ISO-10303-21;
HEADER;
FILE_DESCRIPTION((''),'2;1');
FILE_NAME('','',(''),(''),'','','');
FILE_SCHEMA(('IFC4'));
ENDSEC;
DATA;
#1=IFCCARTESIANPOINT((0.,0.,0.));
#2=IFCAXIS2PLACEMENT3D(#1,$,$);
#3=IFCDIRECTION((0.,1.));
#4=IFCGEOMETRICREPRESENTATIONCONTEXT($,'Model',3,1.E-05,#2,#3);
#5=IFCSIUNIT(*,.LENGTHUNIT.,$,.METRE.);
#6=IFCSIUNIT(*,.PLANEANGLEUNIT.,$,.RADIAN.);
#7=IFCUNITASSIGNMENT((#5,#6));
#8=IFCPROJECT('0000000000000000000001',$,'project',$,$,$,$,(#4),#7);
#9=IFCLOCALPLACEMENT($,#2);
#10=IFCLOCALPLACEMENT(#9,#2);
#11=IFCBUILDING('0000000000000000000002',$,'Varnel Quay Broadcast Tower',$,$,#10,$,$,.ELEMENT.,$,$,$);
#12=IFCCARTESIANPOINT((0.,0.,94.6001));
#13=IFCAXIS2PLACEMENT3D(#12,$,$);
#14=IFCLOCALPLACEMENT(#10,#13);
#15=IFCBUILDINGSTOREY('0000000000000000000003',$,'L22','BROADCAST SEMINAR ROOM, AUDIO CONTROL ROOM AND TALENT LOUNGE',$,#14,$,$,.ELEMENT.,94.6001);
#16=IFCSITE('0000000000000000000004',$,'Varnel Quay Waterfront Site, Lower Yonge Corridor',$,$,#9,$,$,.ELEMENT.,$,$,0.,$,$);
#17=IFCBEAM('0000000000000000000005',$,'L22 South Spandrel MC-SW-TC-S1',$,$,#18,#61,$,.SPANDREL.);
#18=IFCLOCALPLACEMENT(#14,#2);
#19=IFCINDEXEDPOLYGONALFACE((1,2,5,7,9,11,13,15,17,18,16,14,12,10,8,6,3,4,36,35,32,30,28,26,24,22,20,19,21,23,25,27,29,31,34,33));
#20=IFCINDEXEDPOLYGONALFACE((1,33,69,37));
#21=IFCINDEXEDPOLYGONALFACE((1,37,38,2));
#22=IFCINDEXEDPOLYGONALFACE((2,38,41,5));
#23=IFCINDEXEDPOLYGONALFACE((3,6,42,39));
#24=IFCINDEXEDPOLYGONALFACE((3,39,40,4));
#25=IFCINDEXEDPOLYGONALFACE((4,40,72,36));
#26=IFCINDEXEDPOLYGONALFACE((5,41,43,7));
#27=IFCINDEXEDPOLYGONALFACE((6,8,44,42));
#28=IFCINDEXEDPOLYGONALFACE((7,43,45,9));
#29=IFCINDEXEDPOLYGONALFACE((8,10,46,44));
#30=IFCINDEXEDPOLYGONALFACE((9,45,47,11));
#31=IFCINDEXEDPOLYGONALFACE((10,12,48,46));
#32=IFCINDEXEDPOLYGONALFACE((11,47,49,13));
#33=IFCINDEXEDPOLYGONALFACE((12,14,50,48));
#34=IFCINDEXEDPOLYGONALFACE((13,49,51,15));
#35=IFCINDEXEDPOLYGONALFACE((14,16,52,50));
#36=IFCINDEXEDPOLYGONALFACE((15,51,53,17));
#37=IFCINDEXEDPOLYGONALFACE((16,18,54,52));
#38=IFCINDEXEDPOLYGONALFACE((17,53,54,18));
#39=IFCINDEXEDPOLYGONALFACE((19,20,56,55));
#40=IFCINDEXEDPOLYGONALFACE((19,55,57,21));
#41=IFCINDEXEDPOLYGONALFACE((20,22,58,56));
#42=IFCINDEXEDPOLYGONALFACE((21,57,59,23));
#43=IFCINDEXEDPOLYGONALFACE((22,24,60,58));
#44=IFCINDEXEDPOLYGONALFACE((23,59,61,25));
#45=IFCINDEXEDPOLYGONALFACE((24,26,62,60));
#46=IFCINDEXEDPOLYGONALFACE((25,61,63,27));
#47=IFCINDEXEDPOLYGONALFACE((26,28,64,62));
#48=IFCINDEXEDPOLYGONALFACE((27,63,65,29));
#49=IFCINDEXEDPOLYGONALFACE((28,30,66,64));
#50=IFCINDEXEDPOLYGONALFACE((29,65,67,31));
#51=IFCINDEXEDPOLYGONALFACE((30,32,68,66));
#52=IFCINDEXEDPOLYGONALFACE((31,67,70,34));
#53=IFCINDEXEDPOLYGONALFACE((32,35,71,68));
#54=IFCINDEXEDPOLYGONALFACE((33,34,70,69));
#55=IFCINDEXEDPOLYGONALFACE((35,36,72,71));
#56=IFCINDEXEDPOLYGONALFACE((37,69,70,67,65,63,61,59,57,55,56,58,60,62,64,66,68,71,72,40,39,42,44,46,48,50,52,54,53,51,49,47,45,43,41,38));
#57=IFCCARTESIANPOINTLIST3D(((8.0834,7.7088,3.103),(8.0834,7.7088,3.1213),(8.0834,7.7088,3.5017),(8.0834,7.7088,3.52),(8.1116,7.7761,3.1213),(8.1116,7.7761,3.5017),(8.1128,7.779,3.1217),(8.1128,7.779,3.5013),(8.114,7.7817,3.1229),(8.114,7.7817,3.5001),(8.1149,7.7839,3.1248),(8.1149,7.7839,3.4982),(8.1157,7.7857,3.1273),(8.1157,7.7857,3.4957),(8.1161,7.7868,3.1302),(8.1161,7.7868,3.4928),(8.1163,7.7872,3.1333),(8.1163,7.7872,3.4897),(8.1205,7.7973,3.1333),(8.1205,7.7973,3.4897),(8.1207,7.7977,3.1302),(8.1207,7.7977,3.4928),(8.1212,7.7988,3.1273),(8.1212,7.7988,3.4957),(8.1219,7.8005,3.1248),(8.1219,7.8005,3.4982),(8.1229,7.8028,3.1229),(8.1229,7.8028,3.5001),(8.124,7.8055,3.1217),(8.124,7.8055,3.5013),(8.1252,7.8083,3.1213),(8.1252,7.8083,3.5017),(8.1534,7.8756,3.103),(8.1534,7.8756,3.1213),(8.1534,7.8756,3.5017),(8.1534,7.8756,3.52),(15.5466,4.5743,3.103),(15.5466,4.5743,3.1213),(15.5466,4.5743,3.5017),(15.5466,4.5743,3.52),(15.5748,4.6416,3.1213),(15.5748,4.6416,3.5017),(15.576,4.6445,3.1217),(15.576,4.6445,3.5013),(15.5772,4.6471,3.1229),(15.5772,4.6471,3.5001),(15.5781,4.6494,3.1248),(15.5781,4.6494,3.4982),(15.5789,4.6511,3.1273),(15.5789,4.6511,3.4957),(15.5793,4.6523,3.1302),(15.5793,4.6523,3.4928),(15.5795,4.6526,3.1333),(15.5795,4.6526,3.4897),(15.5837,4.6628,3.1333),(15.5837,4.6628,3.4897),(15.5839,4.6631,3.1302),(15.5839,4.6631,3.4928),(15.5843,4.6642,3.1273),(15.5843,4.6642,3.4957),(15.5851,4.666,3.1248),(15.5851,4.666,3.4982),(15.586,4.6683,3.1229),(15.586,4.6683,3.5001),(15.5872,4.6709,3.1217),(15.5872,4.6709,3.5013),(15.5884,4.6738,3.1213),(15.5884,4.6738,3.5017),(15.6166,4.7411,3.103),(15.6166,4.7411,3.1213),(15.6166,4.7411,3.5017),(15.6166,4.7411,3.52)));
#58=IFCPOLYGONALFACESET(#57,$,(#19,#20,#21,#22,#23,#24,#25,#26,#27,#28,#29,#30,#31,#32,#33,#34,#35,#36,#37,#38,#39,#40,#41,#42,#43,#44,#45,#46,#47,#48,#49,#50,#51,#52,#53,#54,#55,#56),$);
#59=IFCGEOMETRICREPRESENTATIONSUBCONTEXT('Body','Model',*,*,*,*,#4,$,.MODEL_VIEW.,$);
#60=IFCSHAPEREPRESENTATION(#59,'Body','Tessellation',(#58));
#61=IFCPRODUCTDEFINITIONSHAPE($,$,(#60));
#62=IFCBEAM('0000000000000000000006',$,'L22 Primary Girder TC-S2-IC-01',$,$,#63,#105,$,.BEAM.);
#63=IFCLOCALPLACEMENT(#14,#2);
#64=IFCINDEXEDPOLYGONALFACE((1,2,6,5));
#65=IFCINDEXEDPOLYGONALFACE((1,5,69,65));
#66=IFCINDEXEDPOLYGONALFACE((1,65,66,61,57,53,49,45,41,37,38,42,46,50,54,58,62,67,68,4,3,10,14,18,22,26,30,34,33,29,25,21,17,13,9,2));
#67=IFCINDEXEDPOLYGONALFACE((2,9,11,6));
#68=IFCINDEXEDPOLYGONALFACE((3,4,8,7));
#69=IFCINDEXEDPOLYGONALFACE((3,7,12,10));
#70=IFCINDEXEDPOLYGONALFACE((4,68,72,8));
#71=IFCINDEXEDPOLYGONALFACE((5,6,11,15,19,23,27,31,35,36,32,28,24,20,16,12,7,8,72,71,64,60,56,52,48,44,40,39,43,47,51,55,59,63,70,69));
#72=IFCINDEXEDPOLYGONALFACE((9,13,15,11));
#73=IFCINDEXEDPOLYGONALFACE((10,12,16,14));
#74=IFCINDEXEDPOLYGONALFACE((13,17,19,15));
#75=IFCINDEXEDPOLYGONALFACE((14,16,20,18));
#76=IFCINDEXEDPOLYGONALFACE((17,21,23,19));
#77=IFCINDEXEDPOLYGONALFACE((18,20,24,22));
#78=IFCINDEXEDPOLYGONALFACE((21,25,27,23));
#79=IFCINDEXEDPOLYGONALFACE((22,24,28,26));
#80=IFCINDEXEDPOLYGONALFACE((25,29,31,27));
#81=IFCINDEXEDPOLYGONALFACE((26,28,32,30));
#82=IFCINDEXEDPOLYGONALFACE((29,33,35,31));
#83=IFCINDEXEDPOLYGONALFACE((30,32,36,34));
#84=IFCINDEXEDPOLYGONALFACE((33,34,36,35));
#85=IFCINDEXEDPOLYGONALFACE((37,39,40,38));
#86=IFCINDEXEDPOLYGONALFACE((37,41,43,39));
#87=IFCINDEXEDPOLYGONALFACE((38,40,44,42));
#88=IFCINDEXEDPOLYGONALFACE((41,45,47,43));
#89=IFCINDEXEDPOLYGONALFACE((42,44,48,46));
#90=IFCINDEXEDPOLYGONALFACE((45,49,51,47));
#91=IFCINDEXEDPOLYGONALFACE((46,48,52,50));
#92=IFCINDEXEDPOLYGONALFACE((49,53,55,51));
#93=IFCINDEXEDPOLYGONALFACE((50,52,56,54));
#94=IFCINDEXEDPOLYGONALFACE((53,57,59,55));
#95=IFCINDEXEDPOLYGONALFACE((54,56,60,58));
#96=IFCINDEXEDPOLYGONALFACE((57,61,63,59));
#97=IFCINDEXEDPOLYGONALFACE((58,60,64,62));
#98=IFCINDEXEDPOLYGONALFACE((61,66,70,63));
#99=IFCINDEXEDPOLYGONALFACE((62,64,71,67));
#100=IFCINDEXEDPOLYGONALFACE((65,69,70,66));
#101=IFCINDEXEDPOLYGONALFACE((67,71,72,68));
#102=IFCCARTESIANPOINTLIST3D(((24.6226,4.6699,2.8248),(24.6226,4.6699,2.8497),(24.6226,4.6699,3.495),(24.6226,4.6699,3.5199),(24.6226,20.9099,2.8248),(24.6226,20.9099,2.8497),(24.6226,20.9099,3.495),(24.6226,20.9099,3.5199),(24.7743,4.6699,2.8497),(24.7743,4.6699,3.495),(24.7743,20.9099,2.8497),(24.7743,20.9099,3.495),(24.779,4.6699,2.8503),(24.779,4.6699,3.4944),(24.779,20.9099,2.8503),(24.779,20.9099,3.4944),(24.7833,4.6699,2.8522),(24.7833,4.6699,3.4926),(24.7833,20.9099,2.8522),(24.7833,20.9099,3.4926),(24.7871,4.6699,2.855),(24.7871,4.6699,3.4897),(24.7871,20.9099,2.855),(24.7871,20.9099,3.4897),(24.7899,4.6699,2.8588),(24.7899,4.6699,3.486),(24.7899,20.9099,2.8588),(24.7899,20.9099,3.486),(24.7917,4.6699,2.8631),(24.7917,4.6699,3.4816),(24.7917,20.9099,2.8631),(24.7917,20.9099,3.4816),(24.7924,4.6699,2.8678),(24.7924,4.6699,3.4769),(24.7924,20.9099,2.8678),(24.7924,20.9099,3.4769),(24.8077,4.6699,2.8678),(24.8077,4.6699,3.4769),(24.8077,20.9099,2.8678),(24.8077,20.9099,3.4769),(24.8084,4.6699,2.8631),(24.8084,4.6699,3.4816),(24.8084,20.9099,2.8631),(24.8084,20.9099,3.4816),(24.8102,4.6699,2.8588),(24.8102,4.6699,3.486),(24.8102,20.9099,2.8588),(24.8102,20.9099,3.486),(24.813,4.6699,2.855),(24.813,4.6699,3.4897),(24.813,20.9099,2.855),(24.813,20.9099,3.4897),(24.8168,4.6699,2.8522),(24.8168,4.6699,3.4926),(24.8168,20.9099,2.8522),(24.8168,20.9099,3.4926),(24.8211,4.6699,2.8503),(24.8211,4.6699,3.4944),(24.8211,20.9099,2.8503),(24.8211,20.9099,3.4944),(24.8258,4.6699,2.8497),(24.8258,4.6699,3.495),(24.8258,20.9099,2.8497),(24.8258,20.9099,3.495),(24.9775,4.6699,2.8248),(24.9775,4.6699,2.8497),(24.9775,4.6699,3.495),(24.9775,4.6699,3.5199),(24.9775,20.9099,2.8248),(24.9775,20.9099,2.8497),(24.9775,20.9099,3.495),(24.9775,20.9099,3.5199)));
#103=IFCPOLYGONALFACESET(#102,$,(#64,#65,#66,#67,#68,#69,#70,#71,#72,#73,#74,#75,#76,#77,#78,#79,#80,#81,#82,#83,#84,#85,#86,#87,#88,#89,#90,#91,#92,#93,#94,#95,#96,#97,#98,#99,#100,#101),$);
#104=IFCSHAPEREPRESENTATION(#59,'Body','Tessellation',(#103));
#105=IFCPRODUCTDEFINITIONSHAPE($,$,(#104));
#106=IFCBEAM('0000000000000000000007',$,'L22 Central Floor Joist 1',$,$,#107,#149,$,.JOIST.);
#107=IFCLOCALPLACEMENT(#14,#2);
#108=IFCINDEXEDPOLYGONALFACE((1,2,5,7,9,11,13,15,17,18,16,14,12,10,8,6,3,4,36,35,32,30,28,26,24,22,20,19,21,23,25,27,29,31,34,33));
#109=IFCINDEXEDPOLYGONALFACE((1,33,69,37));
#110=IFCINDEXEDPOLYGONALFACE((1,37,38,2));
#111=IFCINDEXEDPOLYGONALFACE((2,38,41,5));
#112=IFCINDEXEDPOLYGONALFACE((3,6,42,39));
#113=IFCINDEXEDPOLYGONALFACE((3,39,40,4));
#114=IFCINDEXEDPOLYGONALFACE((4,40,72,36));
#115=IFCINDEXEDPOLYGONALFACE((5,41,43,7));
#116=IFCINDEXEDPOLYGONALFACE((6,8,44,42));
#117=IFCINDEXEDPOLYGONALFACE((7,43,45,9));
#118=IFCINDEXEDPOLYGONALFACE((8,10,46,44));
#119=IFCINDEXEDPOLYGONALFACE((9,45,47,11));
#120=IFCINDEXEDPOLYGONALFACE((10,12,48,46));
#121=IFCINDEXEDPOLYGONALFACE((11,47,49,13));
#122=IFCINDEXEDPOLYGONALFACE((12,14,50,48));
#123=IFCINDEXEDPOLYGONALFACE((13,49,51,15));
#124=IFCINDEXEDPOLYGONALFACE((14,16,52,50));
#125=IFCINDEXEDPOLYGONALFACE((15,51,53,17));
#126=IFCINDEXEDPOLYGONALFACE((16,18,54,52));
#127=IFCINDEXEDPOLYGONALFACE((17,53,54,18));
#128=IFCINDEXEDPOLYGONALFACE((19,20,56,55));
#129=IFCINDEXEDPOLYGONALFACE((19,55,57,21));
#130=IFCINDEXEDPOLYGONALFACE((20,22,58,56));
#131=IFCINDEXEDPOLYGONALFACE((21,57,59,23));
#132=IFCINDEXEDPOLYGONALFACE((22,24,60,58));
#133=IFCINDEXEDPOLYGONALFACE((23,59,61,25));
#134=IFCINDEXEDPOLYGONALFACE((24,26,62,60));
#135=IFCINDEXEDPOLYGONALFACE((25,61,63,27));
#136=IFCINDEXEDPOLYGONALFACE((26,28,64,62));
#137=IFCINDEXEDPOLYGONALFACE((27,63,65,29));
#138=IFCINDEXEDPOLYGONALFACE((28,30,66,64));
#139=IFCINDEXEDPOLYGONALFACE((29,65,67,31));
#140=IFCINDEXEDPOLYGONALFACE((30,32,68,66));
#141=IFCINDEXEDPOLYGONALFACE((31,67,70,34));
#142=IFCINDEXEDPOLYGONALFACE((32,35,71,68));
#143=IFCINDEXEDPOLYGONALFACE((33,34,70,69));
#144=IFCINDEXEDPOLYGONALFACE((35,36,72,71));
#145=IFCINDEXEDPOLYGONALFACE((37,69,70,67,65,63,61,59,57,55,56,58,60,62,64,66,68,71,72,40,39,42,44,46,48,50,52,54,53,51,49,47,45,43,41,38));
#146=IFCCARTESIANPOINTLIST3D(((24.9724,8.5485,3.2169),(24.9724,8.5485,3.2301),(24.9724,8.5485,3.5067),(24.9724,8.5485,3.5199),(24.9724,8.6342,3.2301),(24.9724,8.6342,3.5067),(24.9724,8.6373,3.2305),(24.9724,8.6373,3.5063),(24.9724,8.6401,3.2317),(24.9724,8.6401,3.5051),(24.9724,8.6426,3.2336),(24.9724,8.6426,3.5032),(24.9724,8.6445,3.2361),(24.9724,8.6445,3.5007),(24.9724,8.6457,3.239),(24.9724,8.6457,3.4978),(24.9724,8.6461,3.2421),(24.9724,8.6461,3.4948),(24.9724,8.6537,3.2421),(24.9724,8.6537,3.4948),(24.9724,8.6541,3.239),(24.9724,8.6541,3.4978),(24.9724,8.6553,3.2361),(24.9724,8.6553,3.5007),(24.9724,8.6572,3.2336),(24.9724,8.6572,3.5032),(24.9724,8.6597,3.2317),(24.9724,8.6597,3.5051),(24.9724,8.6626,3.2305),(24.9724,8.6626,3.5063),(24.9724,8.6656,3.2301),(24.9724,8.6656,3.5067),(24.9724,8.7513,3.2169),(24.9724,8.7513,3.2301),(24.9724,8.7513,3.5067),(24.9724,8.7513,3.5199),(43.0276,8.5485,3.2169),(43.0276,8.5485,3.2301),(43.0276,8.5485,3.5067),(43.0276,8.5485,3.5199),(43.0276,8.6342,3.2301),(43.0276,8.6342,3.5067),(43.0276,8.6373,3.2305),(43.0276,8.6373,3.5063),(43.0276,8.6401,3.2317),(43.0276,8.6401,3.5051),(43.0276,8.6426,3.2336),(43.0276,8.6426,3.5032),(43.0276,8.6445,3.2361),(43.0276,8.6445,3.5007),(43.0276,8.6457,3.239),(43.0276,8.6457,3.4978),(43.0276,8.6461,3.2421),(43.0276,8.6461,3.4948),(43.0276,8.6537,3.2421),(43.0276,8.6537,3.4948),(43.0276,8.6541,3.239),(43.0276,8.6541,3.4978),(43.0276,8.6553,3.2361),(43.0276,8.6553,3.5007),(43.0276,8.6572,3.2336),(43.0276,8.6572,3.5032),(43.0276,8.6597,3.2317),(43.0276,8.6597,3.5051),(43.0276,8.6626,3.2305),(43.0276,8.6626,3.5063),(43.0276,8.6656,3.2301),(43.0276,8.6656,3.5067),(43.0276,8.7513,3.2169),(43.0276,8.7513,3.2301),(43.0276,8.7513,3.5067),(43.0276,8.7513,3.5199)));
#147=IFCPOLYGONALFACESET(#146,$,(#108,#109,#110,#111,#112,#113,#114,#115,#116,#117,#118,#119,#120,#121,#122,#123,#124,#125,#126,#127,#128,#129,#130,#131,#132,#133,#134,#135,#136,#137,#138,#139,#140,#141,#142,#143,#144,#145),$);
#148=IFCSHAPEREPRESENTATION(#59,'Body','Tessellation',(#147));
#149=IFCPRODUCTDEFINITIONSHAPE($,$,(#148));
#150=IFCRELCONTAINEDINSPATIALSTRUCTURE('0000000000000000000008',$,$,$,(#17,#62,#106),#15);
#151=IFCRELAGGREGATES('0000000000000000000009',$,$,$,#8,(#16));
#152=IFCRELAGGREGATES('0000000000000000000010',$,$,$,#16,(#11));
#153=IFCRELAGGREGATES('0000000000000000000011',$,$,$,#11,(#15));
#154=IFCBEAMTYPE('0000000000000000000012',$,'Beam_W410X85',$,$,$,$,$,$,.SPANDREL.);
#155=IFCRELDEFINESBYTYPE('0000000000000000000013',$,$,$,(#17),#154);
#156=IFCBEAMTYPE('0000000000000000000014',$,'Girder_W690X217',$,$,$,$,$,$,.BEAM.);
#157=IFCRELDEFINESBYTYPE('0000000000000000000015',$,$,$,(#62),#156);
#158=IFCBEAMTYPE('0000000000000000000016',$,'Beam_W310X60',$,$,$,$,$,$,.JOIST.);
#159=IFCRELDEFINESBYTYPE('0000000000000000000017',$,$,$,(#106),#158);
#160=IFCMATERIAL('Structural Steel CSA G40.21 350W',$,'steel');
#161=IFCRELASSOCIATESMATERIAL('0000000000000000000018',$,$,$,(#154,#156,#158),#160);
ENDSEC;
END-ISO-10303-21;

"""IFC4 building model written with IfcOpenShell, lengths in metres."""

from ifc_helpers import new_model, si_unit, direction, frame, origin, origin_2d, place, context, subcontext, project, spatial, i_section, extrude, source, transform, mapped, material, material_profile, profile_set, type_object, type_shapes, element, save


model = new_model("IFC4")

# Units and contexts
model_context = context("Model", 3, precision=1e-05, world=origin(), true_north=direction((0.0, 1.0)))
body_context = subcontext(model_context, "Body", "Model", "MODEL_VIEW")
ifc_project = project(units=[si_unit("LENGTHUNIT", "METRE"), si_unit("PLANEANGLEUNIT", "RADIAN")], contexts=[model_context])

# Site, building, storey
site_placement = place(None, origin())
site = spatial("IfcSite", under=ifc_project, at=site_placement, Name="Varnel Quay Waterfront Site, Lower Yonge Corridor", CompositionType="ELEMENT", RefElevation=0.0)
building_placement = place(site_placement, origin())
building = spatial("IfcBuilding", under=site, at=building_placement, Name="Varnel Quay Broadcast Tower", CompositionType="ELEMENT")
storey_placement = place(building_placement, frame((0.0, 0.0, 94.6001)))
storey = spatial("IfcBuildingStorey", under=building, at=storey_placement, Name="L22", Description="BROADCAST SEMINAR ROOM, AUDIO CONTROL ROOM AND TALENT LOUNGE", CompositionType="ELEMENT", Elevation=94.6001)

# Shared definitions
ifc_material_1 = material(Name="Structural Steel CSA G40.21 350W", Category="steel")

# Beams
ifc_material_profile_1 = material_profile(ifc_material_1, i_section(OverallWidth=0.1809, OverallDepth=0.417, WebThickness=0.011, FlangeThickness=0.0183, FilletRadius=0.012, at=origin_2d()), Name="W410X85")
ifc_profile_set_1 = profile_set([ifc_material_profile_1], Name="Structural Steel CSA G40.21 350W")
beam_type_1 = type_object("IfcBeamType", Name="Beam_W410X85", PredefinedType="SPANDREL", material=ifc_profile_set_1)
shared_shape_1 = source(origin(), body_context, "Body", "SweptSolid", [
    extrude(i_section(OverallWidth=0.1809, OverallDepth=0.417, WebThickness=0.011, FlangeThickness=0.0183, FilletRadius=0.012, at=origin_2d()), origin(), (0.0, 0.0, 1.0), 8.0947),
])
beam_1_placement = place(storey_placement, frame((8.1184, 7.7922, 3.3115), z_axis=(0.921982, -0.387233, 0.0), x_axis=(0.387233, 0.921982, 0.0)))
element("IfcBeam", 1, at=beam_1_placement, inside=storey, type_object=beam_type_1, Name="L22 South Spandrel MC-SW-TC-S1", PredefinedType="SPANDREL", context=body_context, shape_type="MappedRepresentation", body=[
    mapped(shared_shape_1, transform((0.0, 0.0, 0.0), x_axis=(1.0, 0.0, 0.0), y_axis=(0.0, 1.0, 0.0), z_axis=(0.0, 0.0, 1.0), scale=1.0)),
])
ifc_material_profile_2 = material_profile(ifc_material_1, i_section(OverallWidth=0.355, OverallDepth=0.6951, WebThickness=0.0154, FlangeThickness=0.0249, FilletRadius=0.0181, at=origin_2d()), Name="W690X217")
ifc_profile_set_2 = profile_set([ifc_material_profile_2], Name="Structural Steel CSA G40.21 350W")
beam_type_2 = type_object("IfcBeamType", Name="Girder_W690X217", PredefinedType="BEAM", material=ifc_profile_set_2)
shared_shape_2 = source(origin(), body_context, "Body", "SweptSolid", [
    extrude(i_section(OverallWidth=0.355, OverallDepth=0.6951, WebThickness=0.0154, FlangeThickness=0.0249, FilletRadius=0.0181, at=origin_2d()), origin(), (0.0, 0.0, 1.0), 16.24),
])
type_shapes(beam_type_2, [shared_shape_2])
beam_2_placement = place(storey_placement, frame((24.8, 4.6699, 3.1724), z_axis=(0.0, 1.0, 0.0), x_axis=(-1.0, 0.0, 0.0)))
element("IfcBeam", 2, at=beam_2_placement, inside=storey, type_object=beam_type_2, Name="L22 Primary Girder TC-S2-IC-01", PredefinedType="BEAM", context=body_context, shape_type="MappedRepresentation", body=[
    mapped(shared_shape_2, transform((0.0, 0.0, 0.0), x_axis=(1.0, 0.0, 0.0), y_axis=(0.0, 1.0, 0.0), z_axis=(0.0, 0.0, 1.0), scale=1.0)),
])
ifc_material_profile_3 = material_profile(ifc_material_1, i_section(OverallWidth=0.2029, OverallDepth=0.303, WebThickness=0.0076, FlangeThickness=0.0132, FilletRadius=0.012, at=origin_2d()), Name="W310X60")
ifc_profile_set_3 = profile_set([ifc_material_profile_3], Name="Structural Steel CSA G40.21 350W")
beam_type_3 = type_object("IfcBeamType", Name="Beam_W310X60", PredefinedType="JOIST", material=ifc_profile_set_3)
shared_shape_3 = source(origin(), body_context, "Body", "SweptSolid", [
    extrude(i_section(OverallWidth=0.2029, OverallDepth=0.303, WebThickness=0.0076, FlangeThickness=0.0132, FilletRadius=0.012, at=origin_2d()), origin(), (0.0, 0.0, 1.0), 18.0552),
])
type_shapes(beam_type_3, [shared_shape_3])
beam_3_placement = place(storey_placement, frame((24.9724, 8.6499, 3.3684), z_axis=(1.0, 0.0, 0.0), x_axis=(0.0, 1.0, 0.0)))
element("IfcBeam", 3, at=beam_3_placement, inside=storey, type_object=beam_type_3, Name="L22 Central Floor Joist 1", PredefinedType="JOIST", context=body_context, shape_type="MappedRepresentation", body=[
    mapped(shared_shape_3, transform((0.0, 0.0, 0.0), x_axis=(1.0, 0.0, 0.0), y_axis=(0.0, 1.0, 0.0), z_axis=(0.0, 0.0, 1.0), scale=1.0)),
])

save(model, "model.ifc")
